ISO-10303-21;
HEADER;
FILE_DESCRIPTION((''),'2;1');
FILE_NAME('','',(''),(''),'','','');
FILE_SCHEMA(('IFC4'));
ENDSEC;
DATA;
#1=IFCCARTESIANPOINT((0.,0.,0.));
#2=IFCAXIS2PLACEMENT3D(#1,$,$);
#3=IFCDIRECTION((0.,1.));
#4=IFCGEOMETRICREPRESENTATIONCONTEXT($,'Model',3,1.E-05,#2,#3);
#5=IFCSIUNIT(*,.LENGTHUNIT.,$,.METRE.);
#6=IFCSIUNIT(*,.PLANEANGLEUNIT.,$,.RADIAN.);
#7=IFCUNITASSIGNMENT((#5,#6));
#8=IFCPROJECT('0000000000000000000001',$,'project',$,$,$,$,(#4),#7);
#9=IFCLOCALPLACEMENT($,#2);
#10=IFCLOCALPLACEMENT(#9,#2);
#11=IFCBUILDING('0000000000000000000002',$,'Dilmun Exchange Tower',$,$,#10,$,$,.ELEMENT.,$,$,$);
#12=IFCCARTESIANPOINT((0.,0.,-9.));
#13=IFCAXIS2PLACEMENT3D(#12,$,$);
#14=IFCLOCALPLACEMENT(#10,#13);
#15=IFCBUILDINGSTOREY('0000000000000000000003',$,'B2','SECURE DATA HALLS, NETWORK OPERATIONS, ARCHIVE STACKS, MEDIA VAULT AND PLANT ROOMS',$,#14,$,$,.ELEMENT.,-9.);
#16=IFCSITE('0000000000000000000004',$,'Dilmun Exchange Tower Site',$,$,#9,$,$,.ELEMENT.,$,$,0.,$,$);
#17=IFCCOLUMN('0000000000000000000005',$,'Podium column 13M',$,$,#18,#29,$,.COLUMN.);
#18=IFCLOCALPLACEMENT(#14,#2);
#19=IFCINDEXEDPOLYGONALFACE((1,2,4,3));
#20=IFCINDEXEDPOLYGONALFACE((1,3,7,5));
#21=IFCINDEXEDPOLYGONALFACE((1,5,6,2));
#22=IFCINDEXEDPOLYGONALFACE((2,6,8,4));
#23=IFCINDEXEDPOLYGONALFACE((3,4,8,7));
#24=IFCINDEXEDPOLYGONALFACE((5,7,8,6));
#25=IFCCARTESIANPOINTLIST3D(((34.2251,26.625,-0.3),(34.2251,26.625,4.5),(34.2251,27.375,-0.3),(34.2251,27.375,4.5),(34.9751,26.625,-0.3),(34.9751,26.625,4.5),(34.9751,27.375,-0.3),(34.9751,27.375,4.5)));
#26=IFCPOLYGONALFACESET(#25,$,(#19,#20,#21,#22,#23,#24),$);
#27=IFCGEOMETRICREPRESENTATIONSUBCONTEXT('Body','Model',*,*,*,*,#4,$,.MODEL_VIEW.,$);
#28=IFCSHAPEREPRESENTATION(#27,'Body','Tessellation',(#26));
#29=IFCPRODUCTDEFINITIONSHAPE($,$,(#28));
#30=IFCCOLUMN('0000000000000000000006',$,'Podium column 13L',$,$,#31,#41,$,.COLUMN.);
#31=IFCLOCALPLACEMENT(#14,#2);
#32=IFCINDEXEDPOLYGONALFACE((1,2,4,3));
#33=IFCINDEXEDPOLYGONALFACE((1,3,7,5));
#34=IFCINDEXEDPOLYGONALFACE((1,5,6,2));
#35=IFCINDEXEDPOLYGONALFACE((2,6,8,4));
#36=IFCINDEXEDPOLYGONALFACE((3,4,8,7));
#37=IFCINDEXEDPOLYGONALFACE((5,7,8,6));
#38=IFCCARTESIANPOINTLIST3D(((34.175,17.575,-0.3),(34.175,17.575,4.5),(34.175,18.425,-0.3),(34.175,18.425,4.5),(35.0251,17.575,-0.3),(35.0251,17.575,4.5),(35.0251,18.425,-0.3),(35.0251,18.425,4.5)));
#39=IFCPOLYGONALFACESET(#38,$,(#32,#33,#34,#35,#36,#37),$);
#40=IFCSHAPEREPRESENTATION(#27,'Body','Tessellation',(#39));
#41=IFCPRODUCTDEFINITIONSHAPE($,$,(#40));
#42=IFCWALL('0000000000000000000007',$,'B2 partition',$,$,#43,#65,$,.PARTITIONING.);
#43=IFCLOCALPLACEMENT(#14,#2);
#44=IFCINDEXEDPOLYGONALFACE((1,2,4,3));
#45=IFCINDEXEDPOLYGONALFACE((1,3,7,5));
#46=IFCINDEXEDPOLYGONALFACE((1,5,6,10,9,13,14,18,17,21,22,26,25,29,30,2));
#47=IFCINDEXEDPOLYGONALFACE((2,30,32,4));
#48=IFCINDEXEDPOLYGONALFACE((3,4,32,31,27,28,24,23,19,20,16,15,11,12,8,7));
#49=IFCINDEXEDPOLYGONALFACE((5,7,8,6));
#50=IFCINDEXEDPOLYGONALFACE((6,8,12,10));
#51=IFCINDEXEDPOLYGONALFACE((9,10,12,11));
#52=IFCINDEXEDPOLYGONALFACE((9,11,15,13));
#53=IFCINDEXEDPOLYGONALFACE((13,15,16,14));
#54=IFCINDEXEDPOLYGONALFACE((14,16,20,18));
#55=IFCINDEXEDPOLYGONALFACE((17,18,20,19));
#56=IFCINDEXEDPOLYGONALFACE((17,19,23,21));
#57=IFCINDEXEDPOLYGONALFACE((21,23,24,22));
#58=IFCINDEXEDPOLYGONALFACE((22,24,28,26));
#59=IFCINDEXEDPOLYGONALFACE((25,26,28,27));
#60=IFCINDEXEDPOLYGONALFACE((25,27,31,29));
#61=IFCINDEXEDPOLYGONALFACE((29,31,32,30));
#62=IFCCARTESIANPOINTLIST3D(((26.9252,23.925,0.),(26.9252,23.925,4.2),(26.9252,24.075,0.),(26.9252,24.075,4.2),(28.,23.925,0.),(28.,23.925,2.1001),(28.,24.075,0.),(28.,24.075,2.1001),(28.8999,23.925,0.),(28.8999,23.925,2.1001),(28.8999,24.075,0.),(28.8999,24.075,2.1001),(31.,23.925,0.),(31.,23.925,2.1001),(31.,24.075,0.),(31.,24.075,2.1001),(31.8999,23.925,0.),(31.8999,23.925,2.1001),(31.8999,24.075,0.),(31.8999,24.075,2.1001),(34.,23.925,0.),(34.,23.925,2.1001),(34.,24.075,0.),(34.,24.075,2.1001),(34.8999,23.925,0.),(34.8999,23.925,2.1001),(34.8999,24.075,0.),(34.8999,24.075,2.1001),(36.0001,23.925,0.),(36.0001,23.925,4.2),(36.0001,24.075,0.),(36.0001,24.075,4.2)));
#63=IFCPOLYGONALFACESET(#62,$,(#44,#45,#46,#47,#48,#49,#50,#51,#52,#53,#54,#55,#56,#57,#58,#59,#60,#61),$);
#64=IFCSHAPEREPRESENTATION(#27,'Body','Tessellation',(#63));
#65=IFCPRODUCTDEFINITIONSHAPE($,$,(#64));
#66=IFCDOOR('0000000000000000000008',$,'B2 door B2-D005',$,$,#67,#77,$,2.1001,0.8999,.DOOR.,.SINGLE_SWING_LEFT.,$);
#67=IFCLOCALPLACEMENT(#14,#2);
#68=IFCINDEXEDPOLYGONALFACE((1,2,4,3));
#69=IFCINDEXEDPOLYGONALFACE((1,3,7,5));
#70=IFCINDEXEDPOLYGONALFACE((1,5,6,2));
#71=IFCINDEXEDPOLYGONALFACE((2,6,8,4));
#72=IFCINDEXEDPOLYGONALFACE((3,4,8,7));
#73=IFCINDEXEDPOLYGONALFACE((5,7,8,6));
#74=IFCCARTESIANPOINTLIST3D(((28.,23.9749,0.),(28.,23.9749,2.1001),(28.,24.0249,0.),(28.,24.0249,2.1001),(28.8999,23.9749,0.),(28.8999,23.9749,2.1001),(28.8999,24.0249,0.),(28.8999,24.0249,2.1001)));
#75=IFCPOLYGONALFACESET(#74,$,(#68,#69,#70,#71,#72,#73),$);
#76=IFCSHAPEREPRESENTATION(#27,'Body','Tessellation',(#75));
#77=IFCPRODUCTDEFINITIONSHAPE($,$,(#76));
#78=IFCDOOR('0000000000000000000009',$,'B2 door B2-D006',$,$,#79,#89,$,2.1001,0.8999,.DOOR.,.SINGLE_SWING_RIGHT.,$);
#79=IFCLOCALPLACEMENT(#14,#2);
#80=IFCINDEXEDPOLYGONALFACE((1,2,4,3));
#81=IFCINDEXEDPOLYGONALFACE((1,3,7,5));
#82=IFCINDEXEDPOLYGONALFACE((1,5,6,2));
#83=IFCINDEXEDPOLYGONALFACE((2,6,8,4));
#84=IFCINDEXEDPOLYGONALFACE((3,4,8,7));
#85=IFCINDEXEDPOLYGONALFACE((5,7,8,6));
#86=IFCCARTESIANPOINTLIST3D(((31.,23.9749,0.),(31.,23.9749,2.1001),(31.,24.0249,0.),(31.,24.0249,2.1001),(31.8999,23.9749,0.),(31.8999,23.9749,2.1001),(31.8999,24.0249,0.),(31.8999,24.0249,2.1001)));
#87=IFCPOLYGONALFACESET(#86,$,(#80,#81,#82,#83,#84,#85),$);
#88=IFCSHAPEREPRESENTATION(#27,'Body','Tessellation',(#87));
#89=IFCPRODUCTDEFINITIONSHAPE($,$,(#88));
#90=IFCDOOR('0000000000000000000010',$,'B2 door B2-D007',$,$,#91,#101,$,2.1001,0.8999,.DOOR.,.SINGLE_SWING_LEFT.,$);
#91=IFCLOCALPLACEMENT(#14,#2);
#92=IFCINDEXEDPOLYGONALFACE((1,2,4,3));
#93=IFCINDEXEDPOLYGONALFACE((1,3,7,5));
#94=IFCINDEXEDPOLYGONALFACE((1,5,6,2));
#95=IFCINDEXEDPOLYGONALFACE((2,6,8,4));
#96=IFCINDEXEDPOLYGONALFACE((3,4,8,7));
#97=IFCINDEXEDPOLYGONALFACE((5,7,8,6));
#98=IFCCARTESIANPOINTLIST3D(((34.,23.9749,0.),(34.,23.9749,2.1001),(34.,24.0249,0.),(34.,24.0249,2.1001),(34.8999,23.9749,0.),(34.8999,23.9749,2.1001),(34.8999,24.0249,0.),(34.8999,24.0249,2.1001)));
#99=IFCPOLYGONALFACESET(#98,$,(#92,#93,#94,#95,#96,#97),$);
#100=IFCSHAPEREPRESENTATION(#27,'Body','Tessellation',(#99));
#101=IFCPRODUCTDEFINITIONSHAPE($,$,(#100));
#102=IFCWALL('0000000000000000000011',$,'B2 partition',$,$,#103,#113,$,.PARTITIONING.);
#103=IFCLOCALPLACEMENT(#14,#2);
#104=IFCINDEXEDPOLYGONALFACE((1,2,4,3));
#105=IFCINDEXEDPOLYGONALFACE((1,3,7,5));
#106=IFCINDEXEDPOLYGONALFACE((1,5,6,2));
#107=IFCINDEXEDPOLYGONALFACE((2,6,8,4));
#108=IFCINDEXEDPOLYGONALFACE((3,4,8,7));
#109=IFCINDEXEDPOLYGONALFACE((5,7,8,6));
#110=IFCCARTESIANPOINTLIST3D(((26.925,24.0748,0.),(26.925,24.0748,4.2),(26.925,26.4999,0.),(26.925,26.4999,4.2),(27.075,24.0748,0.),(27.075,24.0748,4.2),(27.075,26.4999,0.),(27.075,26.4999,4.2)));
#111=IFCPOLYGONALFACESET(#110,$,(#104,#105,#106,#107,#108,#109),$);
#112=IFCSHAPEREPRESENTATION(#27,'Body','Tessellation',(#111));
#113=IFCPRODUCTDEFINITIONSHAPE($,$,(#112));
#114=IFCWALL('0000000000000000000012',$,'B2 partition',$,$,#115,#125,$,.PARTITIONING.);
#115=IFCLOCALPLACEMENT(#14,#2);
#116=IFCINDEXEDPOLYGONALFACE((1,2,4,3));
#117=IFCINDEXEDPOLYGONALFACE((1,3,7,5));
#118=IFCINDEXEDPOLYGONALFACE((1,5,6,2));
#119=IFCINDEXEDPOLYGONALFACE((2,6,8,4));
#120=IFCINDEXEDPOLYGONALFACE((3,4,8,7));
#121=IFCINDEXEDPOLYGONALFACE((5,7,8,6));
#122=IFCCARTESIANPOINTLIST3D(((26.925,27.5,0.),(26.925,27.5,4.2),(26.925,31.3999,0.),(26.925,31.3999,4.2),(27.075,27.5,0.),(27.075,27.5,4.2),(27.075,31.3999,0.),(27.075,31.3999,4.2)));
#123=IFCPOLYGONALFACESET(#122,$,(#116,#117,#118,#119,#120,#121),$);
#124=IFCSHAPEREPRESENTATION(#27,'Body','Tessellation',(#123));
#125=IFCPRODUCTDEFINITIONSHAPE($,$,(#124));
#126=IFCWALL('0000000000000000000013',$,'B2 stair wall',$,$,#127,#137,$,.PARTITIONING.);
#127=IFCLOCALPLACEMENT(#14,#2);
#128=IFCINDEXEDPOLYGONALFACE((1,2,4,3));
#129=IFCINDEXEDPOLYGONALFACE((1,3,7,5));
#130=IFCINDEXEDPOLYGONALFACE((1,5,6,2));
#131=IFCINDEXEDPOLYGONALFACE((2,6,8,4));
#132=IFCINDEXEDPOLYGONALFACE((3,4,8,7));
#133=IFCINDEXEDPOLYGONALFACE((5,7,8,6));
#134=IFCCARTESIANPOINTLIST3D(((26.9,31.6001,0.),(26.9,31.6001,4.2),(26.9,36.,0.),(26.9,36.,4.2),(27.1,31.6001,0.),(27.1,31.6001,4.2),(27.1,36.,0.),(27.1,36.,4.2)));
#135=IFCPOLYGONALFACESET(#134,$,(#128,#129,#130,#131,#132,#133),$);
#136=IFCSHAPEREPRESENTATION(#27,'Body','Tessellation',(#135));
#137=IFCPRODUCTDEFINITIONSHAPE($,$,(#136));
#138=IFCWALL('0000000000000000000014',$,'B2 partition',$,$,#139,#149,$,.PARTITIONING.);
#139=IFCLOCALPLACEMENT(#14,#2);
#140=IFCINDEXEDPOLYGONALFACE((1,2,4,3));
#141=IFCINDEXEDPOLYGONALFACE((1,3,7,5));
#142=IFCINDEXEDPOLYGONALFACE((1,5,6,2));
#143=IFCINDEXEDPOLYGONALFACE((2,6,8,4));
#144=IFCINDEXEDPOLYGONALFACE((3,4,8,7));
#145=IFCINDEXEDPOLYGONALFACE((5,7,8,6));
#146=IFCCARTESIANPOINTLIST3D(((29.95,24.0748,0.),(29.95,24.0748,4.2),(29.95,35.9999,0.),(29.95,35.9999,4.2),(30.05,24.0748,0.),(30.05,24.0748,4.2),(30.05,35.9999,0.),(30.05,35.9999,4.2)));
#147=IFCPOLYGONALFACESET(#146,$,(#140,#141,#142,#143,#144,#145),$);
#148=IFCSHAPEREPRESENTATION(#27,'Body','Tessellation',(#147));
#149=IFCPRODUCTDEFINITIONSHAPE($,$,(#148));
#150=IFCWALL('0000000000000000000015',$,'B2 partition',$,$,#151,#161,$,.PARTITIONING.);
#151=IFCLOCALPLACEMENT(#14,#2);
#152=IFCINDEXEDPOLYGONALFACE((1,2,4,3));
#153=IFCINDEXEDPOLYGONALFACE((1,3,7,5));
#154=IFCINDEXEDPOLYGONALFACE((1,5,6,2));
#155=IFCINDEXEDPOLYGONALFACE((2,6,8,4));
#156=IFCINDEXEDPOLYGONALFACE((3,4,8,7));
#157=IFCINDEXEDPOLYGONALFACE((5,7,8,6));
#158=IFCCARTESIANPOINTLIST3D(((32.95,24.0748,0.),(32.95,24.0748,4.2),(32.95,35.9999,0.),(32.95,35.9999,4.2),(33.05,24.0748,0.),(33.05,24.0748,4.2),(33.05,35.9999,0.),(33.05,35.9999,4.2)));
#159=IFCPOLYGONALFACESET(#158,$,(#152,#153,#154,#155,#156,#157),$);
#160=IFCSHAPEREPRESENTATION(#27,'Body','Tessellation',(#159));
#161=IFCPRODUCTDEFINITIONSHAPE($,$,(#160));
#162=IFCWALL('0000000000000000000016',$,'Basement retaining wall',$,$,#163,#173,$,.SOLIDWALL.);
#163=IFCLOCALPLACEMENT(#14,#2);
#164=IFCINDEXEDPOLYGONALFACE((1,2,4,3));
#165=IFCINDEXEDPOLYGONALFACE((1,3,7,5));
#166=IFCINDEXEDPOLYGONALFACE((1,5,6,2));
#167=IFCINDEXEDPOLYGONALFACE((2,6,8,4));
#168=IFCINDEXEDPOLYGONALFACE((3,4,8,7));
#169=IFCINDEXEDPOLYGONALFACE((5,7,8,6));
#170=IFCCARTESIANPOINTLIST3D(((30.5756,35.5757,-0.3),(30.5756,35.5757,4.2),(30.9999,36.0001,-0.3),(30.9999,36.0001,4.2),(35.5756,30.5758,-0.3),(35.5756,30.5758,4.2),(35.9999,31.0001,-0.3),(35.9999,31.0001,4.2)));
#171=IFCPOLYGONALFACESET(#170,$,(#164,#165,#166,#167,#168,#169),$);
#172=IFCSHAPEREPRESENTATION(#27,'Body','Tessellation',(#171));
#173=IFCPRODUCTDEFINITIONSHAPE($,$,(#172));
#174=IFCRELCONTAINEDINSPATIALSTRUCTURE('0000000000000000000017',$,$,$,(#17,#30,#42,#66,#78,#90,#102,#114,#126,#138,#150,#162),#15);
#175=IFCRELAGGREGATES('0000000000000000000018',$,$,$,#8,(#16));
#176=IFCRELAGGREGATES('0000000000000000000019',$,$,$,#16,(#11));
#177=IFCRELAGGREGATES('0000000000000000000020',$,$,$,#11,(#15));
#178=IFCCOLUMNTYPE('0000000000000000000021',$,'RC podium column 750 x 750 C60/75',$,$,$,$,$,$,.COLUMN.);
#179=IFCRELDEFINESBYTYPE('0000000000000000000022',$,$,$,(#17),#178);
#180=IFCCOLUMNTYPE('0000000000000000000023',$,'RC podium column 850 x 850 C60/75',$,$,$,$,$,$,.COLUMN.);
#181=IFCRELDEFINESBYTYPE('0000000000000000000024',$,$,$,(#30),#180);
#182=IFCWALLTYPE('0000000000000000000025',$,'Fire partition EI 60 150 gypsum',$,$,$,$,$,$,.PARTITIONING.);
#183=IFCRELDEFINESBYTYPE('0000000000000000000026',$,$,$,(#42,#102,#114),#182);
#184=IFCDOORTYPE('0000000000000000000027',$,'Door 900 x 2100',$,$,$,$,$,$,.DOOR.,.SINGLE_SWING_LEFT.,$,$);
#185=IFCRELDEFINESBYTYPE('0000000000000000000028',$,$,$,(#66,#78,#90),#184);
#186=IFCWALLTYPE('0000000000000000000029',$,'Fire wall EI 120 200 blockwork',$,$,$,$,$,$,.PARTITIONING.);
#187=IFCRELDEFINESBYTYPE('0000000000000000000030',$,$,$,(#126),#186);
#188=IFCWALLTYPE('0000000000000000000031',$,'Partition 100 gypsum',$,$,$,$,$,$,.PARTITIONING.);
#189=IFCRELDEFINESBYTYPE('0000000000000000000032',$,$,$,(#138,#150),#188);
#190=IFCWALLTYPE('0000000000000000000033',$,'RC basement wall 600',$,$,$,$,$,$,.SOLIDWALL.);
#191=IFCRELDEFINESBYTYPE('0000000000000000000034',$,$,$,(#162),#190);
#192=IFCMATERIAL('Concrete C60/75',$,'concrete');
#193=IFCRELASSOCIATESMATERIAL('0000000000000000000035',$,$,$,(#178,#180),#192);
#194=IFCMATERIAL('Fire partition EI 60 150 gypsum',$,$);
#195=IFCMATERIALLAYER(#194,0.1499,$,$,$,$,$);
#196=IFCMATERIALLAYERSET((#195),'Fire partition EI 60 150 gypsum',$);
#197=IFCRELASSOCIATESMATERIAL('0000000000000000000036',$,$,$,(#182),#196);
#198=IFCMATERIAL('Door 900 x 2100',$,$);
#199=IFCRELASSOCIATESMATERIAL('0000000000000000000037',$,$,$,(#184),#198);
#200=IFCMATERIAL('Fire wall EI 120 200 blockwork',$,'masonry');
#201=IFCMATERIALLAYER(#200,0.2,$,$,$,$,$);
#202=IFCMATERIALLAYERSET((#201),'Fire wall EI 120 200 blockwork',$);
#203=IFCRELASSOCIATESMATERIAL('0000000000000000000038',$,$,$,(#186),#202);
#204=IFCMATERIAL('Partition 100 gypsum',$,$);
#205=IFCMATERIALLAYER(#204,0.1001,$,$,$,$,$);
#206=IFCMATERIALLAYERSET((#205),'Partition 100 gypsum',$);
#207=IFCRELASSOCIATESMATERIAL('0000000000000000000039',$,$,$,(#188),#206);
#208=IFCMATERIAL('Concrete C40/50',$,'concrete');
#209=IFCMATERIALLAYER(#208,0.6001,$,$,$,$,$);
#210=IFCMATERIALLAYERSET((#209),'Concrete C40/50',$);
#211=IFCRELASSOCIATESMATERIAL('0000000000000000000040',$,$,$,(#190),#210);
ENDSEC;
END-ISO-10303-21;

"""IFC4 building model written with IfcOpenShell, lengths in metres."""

from ifc_helpers import new_model, si_unit, direction, frame, frame_2d, origin, origin_2d, place, context, subcontext, project, spatial, rectangle, extrude, material, layer, layer_set, material_profile, profile_set, type_object, element, fill, save


model = new_model("IFC4")

# Units and contexts
model_context = context("Model", 3, precision=1e-05, world=origin(), true_north=direction((0.0, 1.0)))
body_context = subcontext(model_context, "Body", "Model", "MODEL_VIEW")
ifc_project = project(units=[si_unit("LENGTHUNIT", "METRE"), si_unit("PLANEANGLEUNIT", "RADIAN")], contexts=[model_context])

# Site, building, storey
site_placement = place(None, origin())
site = spatial("IfcSite", under=ifc_project, at=site_placement, Name="Dilmun Exchange Tower Site", CompositionType="ELEMENT", RefElevation=0.0)
building_placement = place(site_placement, origin())
building = spatial("IfcBuilding", under=site, at=building_placement, Name="Dilmun Exchange Tower", CompositionType="ELEMENT")
storey_placement = place(building_placement, frame((0.0, 0.0, -9.0)))
storey = spatial("IfcBuildingStorey", under=building, at=storey_placement, Name="B2", Description="SECURE DATA HALLS, NETWORK OPERATIONS, ARCHIVE STACKS, MEDIA VAULT AND PLANT ROOMS", CompositionType="ELEMENT", Elevation=-9.0)

# Columns
ifc_material_1 = material(Name="Concrete C60/75", Category="concrete")
ifc_material_profile_1 = material_profile(ifc_material_1, rectangle(XDim=0.75, YDim=0.75, at=origin_2d()), Name="750 x 750")
ifc_profile_set_1 = profile_set([ifc_material_profile_1], Name="Concrete C60/75")
column_type_1 = type_object("IfcColumnType", Name="RC podium column 750 x 750 C60/75", PredefinedType="COLUMN", material=ifc_profile_set_1)
column_1_placement = place(storey_placement, frame((34.6001, 27.0, -0.3), z_axis=(0.0, 0.0, 1.0), x_axis=(1.0, 0.0, 0.0)))
element("IfcColumn", 1, at=column_1_placement, inside=storey, type_object=column_type_1, Name="Podium column 13M", PredefinedType="COLUMN", context=body_context, shape_type="SweptSolid", body=[
    extrude(rectangle(XDim=0.75, YDim=0.75, at=origin_2d()), origin(), (0.0, 0.0, 1.0), 4.8),
])
ifc_material_profile_2 = material_profile(ifc_material_1, rectangle(XDim=0.8501, YDim=0.8501, at=origin_2d()), Name="850 x 850")
ifc_profile_set_2 = profile_set([ifc_material_profile_2], Name="Concrete C60/75")
column_type_2 = type_object("IfcColumnType", Name="RC podium column 850 x 850 C60/75", PredefinedType="COLUMN", material=ifc_profile_set_2)
column_2_placement = place(storey_placement, frame((34.6001, 18.0, -0.3), z_axis=(0.0, 0.0, 1.0), x_axis=(1.0, 0.0, 0.0)))
element("IfcColumn", 2, at=column_2_placement, inside=storey, type_object=column_type_2, Name="Podium column 13L", PredefinedType="COLUMN", context=body_context, shape_type="SweptSolid", body=[
    extrude(rectangle(XDim=0.8501, YDim=0.8501, at=origin_2d()), origin(), (0.0, 0.0, 1.0), 4.8),
])

# Wall, openings, doors
ifc_material_2 = material(Name="Fire partition EI 60 150 gypsum")
ifc_layer_1 = layer(ifc_material_2, 0.1499)
ifc_layer_set_1 = layer_set([ifc_layer_1], Name="Fire partition EI 60 150 gypsum")
wall_type_1 = type_object("IfcWallType", Name="Fire partition EI 60 150 gypsum", PredefinedType="PARTITIONING", material=ifc_layer_set_1)
wall_1_placement = place(storey_placement, frame((26.925, 24.0, 0.0), z_axis=(0.0, 0.0, 1.0), x_axis=(1.0, 0.0, 0.0)))
wall_1 = element("IfcWall", 3, at=wall_1_placement, inside=storey, type_object=wall_type_1, Name="B2 partition", PredefinedType="PARTITIONING", context=body_context, shape_type="SweptSolid", body=[
    extrude(rectangle(XDim=9.075, YDim=0.1499, at=frame_2d((4.5376, 0.0))), origin(), (0.0, 0.0, 1.0), 4.2),
])
opening_1_placement = place(wall_1_placement, frame((1.075, 0.0, 0.0)))
opening_1 = element("IfcOpeningElement", 4, at=opening_1_placement, cuts=wall_1, PredefinedType="OPENING", context=body_context, shape_type="SweptSolid", body=[
    extrude(rectangle(XDim=0.8999, YDim=2.1001, at=frame_2d((0.45, 1.05))), frame((0.0, 0.085, 0.0), z_axis=(0.0, -1.0, 0.0), x_axis=(1.0, 0.0, 0.0)), (0.0, 0.0, 1.0), 0.1699),
])
opening_2_placement = place(wall_1_placement, frame((4.075, 0.0, 0.0)))
opening_2 = element("IfcOpeningElement", 5, at=opening_2_placement, cuts=wall_1, PredefinedType="OPENING", context=body_context, shape_type="SweptSolid", body=[
    extrude(rectangle(XDim=0.8999, YDim=2.1001, at=frame_2d((0.45, 1.05))), frame((0.0, 0.085, 0.0), z_axis=(0.0, -1.0, 0.0), x_axis=(1.0, 0.0, 0.0)), (0.0, 0.0, 1.0), 0.1699),
])
opening_3_placement = place(wall_1_placement, frame((7.075, 0.0, 0.0)))
opening_3 = element("IfcOpeningElement", 6, at=opening_3_placement, cuts=wall_1, PredefinedType="OPENING", context=body_context, shape_type="SweptSolid", body=[
    extrude(rectangle(XDim=0.8999, YDim=2.1001, at=frame_2d((0.45, 1.05))), frame((0.0, 0.085, 0.0), z_axis=(0.0, -1.0, 0.0), x_axis=(1.0, 0.0, 0.0)), (0.0, 0.0, 1.0), 0.1699),
])
ifc_material_3 = material(Name="Door 900 x 2100")
door_type = type_object("IfcDoorType", Name="Door 900 x 2100", OperationType="SINGLE_SWING_LEFT", PredefinedType="DOOR", material=ifc_material_3)
door_1_placement = place(opening_1_placement, origin())
door_1 = element("IfcDoor", 7, at=door_1_placement, inside=storey, type_object=door_type, Name="B2 door B2-D005", OperationType="SINGLE_SWING_LEFT", OverallHeight=2.1001, OverallWidth=0.8999, PredefinedType="DOOR", context=body_context, shape_type="SweptSolid", body=[
    extrude(rectangle(XDim=0.8999, YDim=2.1001, at=frame_2d((0.45, 1.05))), frame((0.0, 0.0249, 0.0), z_axis=(0.0, -1.0, 0.0), x_axis=(1.0, 0.0, 0.0)), (0.0, 0.0, 1.0), 0.05),
])
fill(opening_1, door_1)
door_2_placement = place(opening_2_placement, origin())
door_2 = element("IfcDoor", 8, at=door_2_placement, inside=storey, type_object=door_type, Name="B2 door B2-D006", OperationType="SINGLE_SWING_RIGHT", OverallHeight=2.1001, OverallWidth=0.8999, PredefinedType="DOOR", context=body_context, shape_type="SweptSolid", body=[
    extrude(rectangle(XDim=0.8999, YDim=2.1001, at=frame_2d((0.45, 1.05))), frame((0.0, 0.0249, 0.0), z_axis=(0.0, -1.0, 0.0), x_axis=(1.0, 0.0, 0.0)), (0.0, 0.0, 1.0), 0.05),
])
fill(opening_2, door_2)
door_3_placement = place(opening_3_placement, origin())
door_3 = element("IfcDoor", 9, at=door_3_placement, inside=storey, type_object=door_type, Name="B2 door B2-D007", OperationType="SINGLE_SWING_LEFT", OverallHeight=2.1001, OverallWidth=0.8999, PredefinedType="DOOR", context=body_context, shape_type="SweptSolid", body=[
    extrude(rectangle(XDim=0.8999, YDim=2.1001, at=frame_2d((0.45, 1.05))), frame((0.0, 0.0249, 0.0), z_axis=(0.0, -1.0, 0.0), x_axis=(1.0, 0.0, 0.0)), (0.0, 0.0, 1.0), 0.05),
])
fill(opening_3, door_3)

# Walls
wall_2_placement = place(storey_placement, frame((27.0, 24.075, 0.0), z_axis=(0.0, 0.0, 1.0), x_axis=(0.0, 1.0, 0.0)))
element("IfcWall", 10, at=wall_2_placement, inside=storey, type_object=wall_type_1, Name="B2 partition", PredefinedType="PARTITIONING", context=body_context, shape_type="SweptSolid", body=[
    extrude(rectangle(XDim=2.425, YDim=0.1499, at=frame_2d((1.2124, 0.0))), origin(), (0.0, 0.0, 1.0), 4.2),
])
wall_3_placement = place(storey_placement, frame((27.0, 27.5, 0.0), z_axis=(0.0, 0.0, 1.0), x_axis=(0.0, 1.0, 0.0)))
element("IfcWall", 11, at=wall_3_placement, inside=storey, type_object=wall_type_1, Name="B2 partition", PredefinedType="PARTITIONING", context=body_context, shape_type="SweptSolid", body=[
    extrude(rectangle(XDim=3.8999, YDim=0.1499, at=frame_2d((1.95, 0.0))), origin(), (0.0, 0.0, 1.0), 4.2),
])
ifc_material_4 = material(Name="Fire wall EI 120 200 blockwork", Category="masonry")
ifc_layer_2 = layer(ifc_material_4, 0.2)
ifc_layer_set_2 = layer_set([ifc_layer_2], Name="Fire wall EI 120 200 blockwork")
wall_type_2 = type_object("IfcWallType", Name="Fire wall EI 120 200 blockwork", PredefinedType="PARTITIONING", material=ifc_layer_set_2)
wall_4_placement = place(storey_placement, frame((27.0, 31.6001, 0.0), z_axis=(0.0, 0.0, 1.0), x_axis=(0.0, 1.0, 0.0)))
element("IfcWall", 12, at=wall_4_placement, inside=storey, type_object=wall_type_2, Name="B2 stair wall", PredefinedType="PARTITIONING", context=body_context, shape_type="SweptSolid", body=[
    extrude(rectangle(XDim=4.3999, YDim=0.2, at=frame_2d((2.2, 0.0))), origin(), (0.0, 0.0, 1.0), 4.2),
])
ifc_material_5 = material(Name="Partition 100 gypsum")
ifc_layer_3 = layer(ifc_material_5, 0.1001)
ifc_layer_set_3 = layer_set([ifc_layer_3], Name="Partition 100 gypsum")
wall_type_3 = type_object("IfcWallType", Name="Partition 100 gypsum", PredefinedType="PARTITIONING", material=ifc_layer_set_3)
for number, where, z_axis, x_axis, name in (
    (13, (30.0, 24.075, 0.0), (0.0, 0.0, 1.0), (0.0, 1.0, 0.0), "B2 partition"),
    (14, (33.0, 24.075, 0.0), (0.0, 0.0, 1.0), (0.0, 1.0, 0.0), "B2 partition"),
):
    element("IfcWall", number, at=place(storey_placement, frame(where, z_axis=z_axis, x_axis=x_axis)), inside=storey, type_object=wall_type_3, Name=name, PredefinedType="PARTITIONING", context=body_context, shape_type="SweptSolid", body=[
        extrude(rectangle(XDim=11.925, YDim=0.1001, at=frame_2d((5.9624, 0.0))), origin(), (0.0, 0.0, 1.0), 4.2),
    ])
ifc_material_6 = material(Name="Concrete C40/50", Category="concrete")
ifc_layer_4 = layer(ifc_material_6, 0.6001)
ifc_layer_set_4 = layer_set([ifc_layer_4], Name="Concrete C40/50")
wall_type_4 = type_object("IfcWallType", Name="RC basement wall 600", PredefinedType="SOLIDWALL", material=ifc_layer_set_4)
wall_5_placement = place(storey_placement, frame((35.7878, 30.7878, -0.3), z_axis=(0.0, 0.0, 1.0), x_axis=(-0.707107, 0.707107, 0.0)))
element("IfcWall", 15, at=wall_5_placement, inside=storey, type_object=wall_type_4, Name="Basement retaining wall", PredefinedType="SOLIDWALL", context=body_context, shape_type="SweptSolid", body=[
    extrude(rectangle(XDim=7.071, YDim=0.6001, at=frame_2d((3.5356, 0.0))), origin(), (0.0, 0.0, 1.0), 4.5),
])

save(model, "model.ifc")
